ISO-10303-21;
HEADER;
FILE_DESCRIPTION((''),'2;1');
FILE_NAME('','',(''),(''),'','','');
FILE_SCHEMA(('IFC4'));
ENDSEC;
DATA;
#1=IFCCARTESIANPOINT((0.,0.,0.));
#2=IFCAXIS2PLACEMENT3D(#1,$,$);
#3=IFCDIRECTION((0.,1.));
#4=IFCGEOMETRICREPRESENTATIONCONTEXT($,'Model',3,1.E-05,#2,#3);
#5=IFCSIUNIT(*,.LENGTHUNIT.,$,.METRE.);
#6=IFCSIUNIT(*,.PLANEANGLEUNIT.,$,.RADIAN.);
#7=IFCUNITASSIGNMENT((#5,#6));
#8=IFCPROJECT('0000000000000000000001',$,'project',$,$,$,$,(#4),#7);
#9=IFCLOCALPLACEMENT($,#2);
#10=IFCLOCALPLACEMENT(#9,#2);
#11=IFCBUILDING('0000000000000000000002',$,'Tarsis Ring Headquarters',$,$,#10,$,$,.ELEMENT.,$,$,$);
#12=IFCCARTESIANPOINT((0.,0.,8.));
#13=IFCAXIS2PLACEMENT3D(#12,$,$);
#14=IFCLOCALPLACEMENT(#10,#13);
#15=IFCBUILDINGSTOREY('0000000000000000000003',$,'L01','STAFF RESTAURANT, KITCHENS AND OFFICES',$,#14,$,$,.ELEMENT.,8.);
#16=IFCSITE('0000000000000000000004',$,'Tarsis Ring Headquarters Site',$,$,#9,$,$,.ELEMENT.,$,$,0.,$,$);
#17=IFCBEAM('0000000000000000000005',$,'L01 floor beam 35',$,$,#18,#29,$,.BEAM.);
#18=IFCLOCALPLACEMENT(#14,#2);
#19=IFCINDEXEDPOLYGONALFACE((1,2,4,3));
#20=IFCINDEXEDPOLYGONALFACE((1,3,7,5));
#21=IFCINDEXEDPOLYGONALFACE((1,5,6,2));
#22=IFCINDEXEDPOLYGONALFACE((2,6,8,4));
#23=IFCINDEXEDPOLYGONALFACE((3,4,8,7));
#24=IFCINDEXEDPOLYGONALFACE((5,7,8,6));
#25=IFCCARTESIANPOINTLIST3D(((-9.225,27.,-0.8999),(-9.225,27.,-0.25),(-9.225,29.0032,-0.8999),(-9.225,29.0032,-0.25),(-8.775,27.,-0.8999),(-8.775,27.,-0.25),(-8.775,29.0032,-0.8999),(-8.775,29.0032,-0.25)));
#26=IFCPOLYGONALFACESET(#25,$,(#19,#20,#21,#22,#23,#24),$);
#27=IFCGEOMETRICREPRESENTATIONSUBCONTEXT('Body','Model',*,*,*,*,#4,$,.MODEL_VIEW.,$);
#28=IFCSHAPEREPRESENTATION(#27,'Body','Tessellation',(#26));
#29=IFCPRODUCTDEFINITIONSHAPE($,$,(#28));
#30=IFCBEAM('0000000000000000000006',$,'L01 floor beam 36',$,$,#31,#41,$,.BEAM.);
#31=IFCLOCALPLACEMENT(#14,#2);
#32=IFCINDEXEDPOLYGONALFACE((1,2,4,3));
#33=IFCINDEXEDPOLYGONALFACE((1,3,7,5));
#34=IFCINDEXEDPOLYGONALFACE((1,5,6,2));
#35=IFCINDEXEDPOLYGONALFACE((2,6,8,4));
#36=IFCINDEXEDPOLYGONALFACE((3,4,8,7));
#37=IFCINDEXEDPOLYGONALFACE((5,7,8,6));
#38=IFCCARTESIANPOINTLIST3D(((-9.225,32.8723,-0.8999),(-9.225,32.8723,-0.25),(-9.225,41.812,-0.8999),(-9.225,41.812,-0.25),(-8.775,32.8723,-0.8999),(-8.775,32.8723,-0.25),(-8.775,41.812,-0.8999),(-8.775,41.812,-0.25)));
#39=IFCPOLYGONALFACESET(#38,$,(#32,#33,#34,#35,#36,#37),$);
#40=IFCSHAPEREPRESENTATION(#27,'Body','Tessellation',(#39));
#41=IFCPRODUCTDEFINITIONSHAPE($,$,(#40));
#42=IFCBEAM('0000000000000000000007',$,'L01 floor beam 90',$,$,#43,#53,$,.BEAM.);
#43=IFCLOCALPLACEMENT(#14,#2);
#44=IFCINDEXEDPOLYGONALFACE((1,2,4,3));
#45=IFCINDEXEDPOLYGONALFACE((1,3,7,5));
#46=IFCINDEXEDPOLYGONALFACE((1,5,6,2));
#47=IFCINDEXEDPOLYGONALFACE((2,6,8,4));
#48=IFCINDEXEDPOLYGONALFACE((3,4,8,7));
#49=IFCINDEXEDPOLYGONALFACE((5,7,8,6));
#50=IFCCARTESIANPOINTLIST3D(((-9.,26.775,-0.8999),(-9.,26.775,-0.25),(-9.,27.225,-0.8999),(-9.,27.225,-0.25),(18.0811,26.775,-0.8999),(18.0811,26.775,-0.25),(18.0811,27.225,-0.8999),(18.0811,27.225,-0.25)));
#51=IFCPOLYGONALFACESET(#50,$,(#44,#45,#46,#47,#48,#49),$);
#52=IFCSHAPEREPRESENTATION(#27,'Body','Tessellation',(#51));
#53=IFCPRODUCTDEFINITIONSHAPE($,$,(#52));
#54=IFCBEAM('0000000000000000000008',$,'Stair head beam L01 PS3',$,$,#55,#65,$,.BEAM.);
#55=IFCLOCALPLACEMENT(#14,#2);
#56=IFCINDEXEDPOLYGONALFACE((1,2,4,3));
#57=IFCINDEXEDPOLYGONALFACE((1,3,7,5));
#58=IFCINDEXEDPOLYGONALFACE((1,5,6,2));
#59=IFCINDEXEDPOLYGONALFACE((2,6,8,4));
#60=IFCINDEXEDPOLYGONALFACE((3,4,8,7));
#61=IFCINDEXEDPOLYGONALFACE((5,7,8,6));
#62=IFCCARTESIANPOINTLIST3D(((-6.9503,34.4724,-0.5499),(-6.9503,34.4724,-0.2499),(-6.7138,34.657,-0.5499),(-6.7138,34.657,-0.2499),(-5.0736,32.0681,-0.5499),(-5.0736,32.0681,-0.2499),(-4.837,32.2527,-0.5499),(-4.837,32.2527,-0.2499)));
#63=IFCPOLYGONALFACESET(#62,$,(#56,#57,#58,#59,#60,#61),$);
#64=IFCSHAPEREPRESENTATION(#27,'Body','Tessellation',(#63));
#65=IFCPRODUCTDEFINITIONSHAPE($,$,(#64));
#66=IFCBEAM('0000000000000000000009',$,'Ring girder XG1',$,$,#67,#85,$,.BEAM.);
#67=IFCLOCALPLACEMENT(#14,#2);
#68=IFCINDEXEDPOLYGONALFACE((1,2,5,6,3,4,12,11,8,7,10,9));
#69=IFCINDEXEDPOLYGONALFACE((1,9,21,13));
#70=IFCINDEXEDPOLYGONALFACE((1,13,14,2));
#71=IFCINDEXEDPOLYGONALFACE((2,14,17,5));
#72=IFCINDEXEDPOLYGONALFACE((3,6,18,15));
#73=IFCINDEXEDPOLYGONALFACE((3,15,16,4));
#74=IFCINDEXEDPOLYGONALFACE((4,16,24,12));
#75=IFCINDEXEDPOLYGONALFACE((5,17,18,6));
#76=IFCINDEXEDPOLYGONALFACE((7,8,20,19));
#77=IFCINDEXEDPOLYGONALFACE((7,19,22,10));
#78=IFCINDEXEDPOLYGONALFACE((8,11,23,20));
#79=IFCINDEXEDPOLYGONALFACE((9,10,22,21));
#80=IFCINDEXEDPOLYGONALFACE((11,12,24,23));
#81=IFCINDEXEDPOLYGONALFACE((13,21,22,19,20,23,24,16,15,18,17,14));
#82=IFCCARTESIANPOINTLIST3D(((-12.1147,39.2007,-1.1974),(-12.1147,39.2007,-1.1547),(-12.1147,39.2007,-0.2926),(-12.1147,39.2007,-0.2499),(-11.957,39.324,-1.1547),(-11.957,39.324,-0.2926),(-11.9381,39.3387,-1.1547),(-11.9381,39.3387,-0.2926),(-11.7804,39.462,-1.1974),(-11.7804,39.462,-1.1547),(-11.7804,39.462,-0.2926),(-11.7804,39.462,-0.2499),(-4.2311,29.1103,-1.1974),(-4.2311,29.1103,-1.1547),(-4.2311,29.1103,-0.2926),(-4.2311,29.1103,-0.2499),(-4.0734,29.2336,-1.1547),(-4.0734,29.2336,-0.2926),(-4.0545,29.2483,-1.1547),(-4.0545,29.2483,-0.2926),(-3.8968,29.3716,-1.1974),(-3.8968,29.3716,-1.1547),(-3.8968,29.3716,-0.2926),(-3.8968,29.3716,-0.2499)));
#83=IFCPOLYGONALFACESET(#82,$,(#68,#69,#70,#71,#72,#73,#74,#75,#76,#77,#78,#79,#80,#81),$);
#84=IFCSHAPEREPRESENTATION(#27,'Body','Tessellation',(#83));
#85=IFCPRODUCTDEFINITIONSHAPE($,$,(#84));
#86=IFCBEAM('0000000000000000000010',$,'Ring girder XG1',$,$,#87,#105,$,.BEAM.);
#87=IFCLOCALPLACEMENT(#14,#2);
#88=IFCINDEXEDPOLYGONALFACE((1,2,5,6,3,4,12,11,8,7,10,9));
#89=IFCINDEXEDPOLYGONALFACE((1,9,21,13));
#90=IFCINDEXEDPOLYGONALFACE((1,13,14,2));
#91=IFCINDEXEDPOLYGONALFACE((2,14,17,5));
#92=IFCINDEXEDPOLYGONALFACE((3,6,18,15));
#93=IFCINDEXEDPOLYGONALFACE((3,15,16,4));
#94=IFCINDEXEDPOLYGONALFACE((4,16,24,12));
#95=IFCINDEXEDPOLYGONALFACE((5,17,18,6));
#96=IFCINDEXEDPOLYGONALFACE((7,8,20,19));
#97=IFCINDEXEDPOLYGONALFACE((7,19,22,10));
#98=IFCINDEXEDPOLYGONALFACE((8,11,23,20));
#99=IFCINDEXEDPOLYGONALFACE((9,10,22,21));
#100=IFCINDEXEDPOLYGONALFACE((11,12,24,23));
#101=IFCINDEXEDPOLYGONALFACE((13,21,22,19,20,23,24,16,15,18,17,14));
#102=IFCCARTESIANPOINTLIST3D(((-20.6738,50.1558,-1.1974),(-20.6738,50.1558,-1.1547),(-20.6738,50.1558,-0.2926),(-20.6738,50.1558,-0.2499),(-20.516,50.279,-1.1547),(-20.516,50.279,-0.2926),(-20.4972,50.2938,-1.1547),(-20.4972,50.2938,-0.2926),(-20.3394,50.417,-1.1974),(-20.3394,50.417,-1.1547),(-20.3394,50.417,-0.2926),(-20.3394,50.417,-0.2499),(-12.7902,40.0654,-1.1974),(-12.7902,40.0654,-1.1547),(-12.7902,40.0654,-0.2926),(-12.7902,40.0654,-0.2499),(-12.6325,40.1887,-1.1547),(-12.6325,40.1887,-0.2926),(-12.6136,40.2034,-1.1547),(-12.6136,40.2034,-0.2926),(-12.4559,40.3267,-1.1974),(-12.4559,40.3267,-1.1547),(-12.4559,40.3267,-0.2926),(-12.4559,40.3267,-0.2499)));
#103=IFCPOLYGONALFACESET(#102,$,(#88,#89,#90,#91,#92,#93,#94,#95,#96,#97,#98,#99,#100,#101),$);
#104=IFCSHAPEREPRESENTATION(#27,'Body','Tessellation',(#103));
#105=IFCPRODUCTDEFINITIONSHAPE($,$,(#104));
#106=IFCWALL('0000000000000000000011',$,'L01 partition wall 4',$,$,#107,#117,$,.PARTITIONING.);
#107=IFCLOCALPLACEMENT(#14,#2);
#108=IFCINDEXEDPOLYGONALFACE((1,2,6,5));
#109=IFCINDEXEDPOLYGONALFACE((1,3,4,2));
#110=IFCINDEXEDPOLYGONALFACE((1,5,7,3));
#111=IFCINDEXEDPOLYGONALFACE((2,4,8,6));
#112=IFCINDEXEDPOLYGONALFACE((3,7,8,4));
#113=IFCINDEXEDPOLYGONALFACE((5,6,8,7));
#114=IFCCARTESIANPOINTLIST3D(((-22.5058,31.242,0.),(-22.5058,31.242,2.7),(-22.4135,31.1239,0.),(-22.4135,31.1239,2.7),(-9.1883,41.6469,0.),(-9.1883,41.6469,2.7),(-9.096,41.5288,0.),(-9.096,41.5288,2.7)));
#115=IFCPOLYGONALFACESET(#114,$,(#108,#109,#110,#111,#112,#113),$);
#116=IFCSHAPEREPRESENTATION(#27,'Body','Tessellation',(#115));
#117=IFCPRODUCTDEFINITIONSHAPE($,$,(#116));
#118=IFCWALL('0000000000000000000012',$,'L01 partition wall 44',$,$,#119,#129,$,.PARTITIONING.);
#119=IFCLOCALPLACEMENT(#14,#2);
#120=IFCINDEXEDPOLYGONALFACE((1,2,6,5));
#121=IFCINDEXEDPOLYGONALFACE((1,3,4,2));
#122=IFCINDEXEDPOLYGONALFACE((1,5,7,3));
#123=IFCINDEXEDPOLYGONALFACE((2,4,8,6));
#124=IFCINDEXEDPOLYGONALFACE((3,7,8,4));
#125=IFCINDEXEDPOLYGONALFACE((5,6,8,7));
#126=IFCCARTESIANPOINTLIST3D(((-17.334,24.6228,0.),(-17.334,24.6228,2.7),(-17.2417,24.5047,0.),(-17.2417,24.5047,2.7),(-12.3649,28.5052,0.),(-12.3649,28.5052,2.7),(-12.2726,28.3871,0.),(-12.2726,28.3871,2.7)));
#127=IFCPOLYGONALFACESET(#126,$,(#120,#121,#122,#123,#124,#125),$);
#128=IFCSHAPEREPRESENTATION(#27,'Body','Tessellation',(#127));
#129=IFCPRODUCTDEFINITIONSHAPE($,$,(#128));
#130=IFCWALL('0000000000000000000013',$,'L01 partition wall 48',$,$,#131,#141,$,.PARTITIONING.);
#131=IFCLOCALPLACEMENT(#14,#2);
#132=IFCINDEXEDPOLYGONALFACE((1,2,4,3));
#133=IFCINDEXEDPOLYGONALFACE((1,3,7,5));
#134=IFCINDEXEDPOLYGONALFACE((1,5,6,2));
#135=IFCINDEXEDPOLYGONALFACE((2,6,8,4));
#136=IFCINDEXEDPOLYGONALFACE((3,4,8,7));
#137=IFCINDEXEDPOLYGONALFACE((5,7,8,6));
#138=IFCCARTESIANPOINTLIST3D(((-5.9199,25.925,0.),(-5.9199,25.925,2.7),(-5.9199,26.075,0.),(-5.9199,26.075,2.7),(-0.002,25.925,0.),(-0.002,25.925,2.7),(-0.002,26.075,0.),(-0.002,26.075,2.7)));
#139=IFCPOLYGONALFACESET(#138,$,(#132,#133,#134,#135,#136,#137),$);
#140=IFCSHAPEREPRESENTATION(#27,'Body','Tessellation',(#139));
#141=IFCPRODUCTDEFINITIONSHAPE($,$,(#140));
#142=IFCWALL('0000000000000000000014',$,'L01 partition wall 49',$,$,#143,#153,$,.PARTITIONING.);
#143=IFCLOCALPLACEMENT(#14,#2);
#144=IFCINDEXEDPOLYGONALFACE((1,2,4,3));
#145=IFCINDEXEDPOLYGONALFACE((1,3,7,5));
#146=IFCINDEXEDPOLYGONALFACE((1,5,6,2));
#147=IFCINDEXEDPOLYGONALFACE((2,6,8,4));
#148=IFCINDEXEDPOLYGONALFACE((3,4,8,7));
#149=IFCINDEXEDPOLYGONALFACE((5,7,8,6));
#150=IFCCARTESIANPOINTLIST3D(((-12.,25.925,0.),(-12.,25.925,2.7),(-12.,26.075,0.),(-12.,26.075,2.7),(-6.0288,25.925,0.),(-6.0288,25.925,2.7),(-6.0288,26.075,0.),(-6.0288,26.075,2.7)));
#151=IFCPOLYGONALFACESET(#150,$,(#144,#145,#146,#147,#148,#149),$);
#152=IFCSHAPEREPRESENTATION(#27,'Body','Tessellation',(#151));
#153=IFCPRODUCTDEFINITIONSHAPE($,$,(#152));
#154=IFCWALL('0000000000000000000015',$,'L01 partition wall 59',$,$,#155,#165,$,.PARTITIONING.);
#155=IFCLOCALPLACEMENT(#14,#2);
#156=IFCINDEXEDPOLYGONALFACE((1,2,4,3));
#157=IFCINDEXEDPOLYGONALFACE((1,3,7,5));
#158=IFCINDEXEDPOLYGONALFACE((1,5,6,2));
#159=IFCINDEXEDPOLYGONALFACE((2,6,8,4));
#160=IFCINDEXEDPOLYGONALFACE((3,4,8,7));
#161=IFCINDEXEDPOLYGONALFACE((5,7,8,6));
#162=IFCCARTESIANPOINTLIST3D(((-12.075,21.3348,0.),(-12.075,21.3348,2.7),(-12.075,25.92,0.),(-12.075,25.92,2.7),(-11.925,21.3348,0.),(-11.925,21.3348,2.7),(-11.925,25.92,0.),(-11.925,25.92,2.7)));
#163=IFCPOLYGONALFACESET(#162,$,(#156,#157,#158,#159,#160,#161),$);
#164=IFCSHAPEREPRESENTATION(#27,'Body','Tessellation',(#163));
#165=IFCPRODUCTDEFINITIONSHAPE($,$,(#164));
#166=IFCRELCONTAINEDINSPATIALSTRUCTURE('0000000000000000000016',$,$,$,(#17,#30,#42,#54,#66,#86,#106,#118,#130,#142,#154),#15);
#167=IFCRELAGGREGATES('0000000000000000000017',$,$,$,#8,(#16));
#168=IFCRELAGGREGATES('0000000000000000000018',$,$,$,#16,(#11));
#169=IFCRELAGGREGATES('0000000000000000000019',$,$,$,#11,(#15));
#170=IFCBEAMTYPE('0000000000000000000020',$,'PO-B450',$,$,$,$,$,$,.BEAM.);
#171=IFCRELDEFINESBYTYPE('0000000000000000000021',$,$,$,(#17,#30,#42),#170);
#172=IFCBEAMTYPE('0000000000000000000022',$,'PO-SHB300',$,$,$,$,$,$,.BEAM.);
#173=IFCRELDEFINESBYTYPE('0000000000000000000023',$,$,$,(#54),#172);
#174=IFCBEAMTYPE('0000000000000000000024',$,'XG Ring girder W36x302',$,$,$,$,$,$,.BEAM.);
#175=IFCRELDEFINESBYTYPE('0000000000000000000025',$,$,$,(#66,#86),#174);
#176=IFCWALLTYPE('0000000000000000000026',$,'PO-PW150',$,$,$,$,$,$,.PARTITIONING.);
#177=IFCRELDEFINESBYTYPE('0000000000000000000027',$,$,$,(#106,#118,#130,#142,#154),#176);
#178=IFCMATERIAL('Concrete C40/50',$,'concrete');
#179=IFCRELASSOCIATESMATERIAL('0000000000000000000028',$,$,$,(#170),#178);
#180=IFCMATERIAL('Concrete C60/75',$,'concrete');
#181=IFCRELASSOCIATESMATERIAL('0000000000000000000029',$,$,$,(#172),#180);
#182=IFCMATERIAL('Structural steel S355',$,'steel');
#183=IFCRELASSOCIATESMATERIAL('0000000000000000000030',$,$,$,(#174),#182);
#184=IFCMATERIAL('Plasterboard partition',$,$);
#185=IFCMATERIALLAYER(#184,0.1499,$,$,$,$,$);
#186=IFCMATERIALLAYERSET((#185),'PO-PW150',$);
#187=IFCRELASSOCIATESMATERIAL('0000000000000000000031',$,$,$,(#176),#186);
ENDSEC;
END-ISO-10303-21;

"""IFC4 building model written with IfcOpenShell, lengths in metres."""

from ifc_helpers import new_model, si_unit, direction, frame, frame_2d, origin, origin_2d, place, context, subcontext, project, spatial, rectangle, i_section, extrude, material, layer, layer_set, material_profile, profile_set, type_object, element, save


model = new_model("IFC4")

# Units and contexts
model_context = context("Model", 3, precision=1e-05, world=origin(), true_north=direction((0.0, 1.0)))
body_context = subcontext(model_context, "Body", "Model", "MODEL_VIEW")
ifc_project = project(units=[si_unit("LENGTHUNIT", "METRE"), si_unit("PLANEANGLEUNIT", "RADIAN")], contexts=[model_context])

# Site, building, storey
site_placement = place(None, origin())
site = spatial("IfcSite", under=ifc_project, at=site_placement, Name="Tarsis Ring Headquarters Site", CompositionType="ELEMENT", RefElevation=0.0)
building_placement = place(site_placement, origin())
building = spatial("IfcBuilding", under=site, at=building_placement, Name="Tarsis Ring Headquarters", CompositionType="ELEMENT")
storey_placement = place(building_placement, frame((0.0, 0.0, 8.0)))
storey = spatial("IfcBuildingStorey", under=building, at=storey_placement, Name="L01", Description="STAFF RESTAURANT, KITCHENS AND OFFICES", CompositionType="ELEMENT", Elevation=8.0)

# Shared definitions
ifc_material_1 = material(Name="Concrete C60/75", Category="concrete")

# Beams
ifc_material_2 = material(Name="Concrete C40/50", Category="concrete")
ifc_material_profile_1 = material_profile(ifc_material_2, rectangle(XDim=0.45, YDim=0.6499, at=origin_2d()), Name="PO-B450")
ifc_profile_set_1 = profile_set([ifc_material_profile_1], Name="Concrete C40/50")
beam_type_1 = type_object("IfcBeamType", Name="PO-B450", PredefinedType="BEAM", material=ifc_profile_set_1)
beam_1_placement = place(storey_placement, frame((-9.0, 27.0, -0.575), z_axis=(0.0, 1.0, 0.0), x_axis=(-1.0, 0.0, 0.0)))
element("IfcBeam", 1, at=beam_1_placement, inside=storey, type_object=beam_type_1, Name="L01 floor beam 35", PredefinedType="BEAM", context=body_context, shape_type="SweptSolid", body=[
    extrude(rectangle(XDim=0.45, YDim=0.6499, at=origin_2d()), origin(), (0.0, 0.0, 1.0), 2.0032),
])
beam_2_placement = place(storey_placement, frame((-9.0, 32.8723, -0.575), z_axis=(0.0, 1.0, 0.0), x_axis=(-1.0, 0.0, 0.0)))
element("IfcBeam", 2, at=beam_2_placement, inside=storey, type_object=beam_type_1, Name="L01 floor beam 36", PredefinedType="BEAM", context=body_context, shape_type="SweptSolid", body=[
    extrude(rectangle(XDim=0.45, YDim=0.6499, at=origin_2d()), origin(), (0.0, 0.0, 1.0), 8.9397),
])
beam_3_placement = place(storey_placement, frame((-9.0, 27.0, -0.575), z_axis=(1.0, 0.0, 0.0), x_axis=(0.0, 1.0, 0.0)))
element("IfcBeam", 3, at=beam_3_placement, inside=storey, type_object=beam_type_1, Name="L01 floor beam 90", PredefinedType="BEAM", context=body_context, shape_type="SweptSolid", body=[
    extrude(rectangle(XDim=0.45, YDim=0.6499, at=origin_2d()), origin(), (0.0, 0.0, 1.0), 27.0811),
])
ifc_material_profile_2 = material_profile(ifc_material_1, rectangle(XDim=0.3, YDim=0.3, at=origin_2d()), Name="PO-SHB300")
ifc_profile_set_2 = profile_set([ifc_material_profile_2], Name="Concrete C60/75")
beam_type_2 = type_object("IfcBeamType", Name="PO-SHB300", PredefinedType="BEAM", material=ifc_profile_set_2)
beam_4_placement = place(storey_placement, frame((-6.832, 34.5647, -0.3999), z_axis=(0.615308, -0.788286, 0.0), x_axis=(0.788286, 0.615308, 0.0)))
element("IfcBeam", 4, at=beam_4_placement, inside=storey, type_object=beam_type_2, Name="Stair head beam L01 PS3", PredefinedType="BEAM", context=body_context, shape_type="SweptSolid", body=[
    extrude(rectangle(XDim=0.3, YDim=0.3, at=origin_2d()), origin(), (0.0, 0.0, 1.0), 3.05),
])
ifc_material_3 = material(Name="Structural steel S355", Category="steel")
ifc_material_profile_3 = material_profile(ifc_material_3, i_section(OverallWidth=0.4243, OverallDepth=0.9475, WebThickness=0.0239, FlangeThickness=0.0427, at=origin_2d()), Name="W36x302")
ifc_profile_set_3 = profile_set([ifc_material_profile_3], Name="Structural steel S355")
beam_type_3 = type_object("IfcBeamType", Name="XG Ring girder W36x302", PredefinedType="BEAM", material=ifc_profile_set_3)
for number, where, z_axis, x_axis, name in (
    (5, (-4.064, 29.241, -0.7236), (-0.615667, 0.788006, 0.0), (-0.788006, -0.615667, 0.0), "Ring girder XG1"),
    (6, (-12.623, 40.196, -0.7236), (-0.615667, 0.788006, 0.0), (-0.788006, -0.615667, 0.0), "Ring girder XG1"),
):
    element("IfcBeam", number, at=place(storey_placement, frame(where, z_axis=z_axis, x_axis=x_axis)), inside=storey, type_object=beam_type_3, Name=name, PredefinedType="BEAM", context=body_context, shape_type="SweptSolid", body=[
        extrude(i_section(OverallWidth=0.4243, OverallDepth=0.9475, WebThickness=0.0239, FlangeThickness=0.0427, at=origin_2d()), origin(), (0.0, 0.0, 1.0), 12.8049),
    ])

# Walls
ifc_material_4 = material(Name="Plasterboard partition")
ifc_layer_1 = layer(ifc_material_4, 0.1499)
ifc_layer_set_1 = layer_set([ifc_layer_1], Name="PO-PW150")
wall_type_1 = type_object("IfcWallType", Name="PO-PW150", PredefinedType="PARTITIONING", material=ifc_layer_set_1)
wall_1_placement = place(storey_placement, frame((-9.1421, 41.5879, 0.0), z_axis=(0.0, 0.0, 1.0), x_axis=(-0.788008, -0.615665, 0.0)))
element("IfcWall", 7, at=wall_1_placement, inside=storey, type_object=wall_type_1, Name="L01 partition wall 4", PredefinedType="PARTITIONING", context=body_context, shape_type="SweptSolid", body=[
    extrude(rectangle(XDim=16.9001, YDim=0.1499, at=frame_2d((8.4502, 0.0))), origin(), (0.0, 0.0, 1.0), 2.7),
])
wall_2_placement = place(storey_placement, frame((-12.3188, 28.446, 0.0), z_axis=(0.0, 0.0, 1.0), x_axis=(-0.788001, -0.615673, 0.0)))
element("IfcWall", 8, at=wall_2_placement, inside=storey, type_object=wall_type_1, Name="L01 partition wall 44", PredefinedType="PARTITIONING", context=body_context, shape_type="SweptSolid", body=[
    extrude(rectangle(XDim=6.3059, YDim=0.1499, at=frame_2d((3.1528, 0.0))), origin(), (0.0, 0.0, 1.0), 2.7),
])
wall_3_placement = place(storey_placement, frame((-0.002, 26.0, 0.0), z_axis=(0.0, 0.0, 1.0), x_axis=(-1.0, 0.0, 0.0)))
element("IfcWall", 9, at=wall_3_placement, inside=storey, type_object=wall_type_1, Name="L01 partition wall 48", PredefinedType="PARTITIONING", context=body_context, shape_type="SweptSolid", body=[
    extrude(rectangle(XDim=5.918, YDim=0.1499, at=frame_2d((2.959, 0.0))), origin(), (0.0, 0.0, 1.0), 2.7),
])
wall_4_placement = place(storey_placement, frame((-6.0288, 26.0, 0.0), z_axis=(0.0, 0.0, 1.0), x_axis=(-1.0, 0.0, 0.0)))
element("IfcWall", 10, at=wall_4_placement, inside=storey, type_object=wall_type_1, Name="L01 partition wall 49", PredefinedType="PARTITIONING", context=body_context, shape_type="SweptSolid", body=[
    extrude(rectangle(XDim=5.9712, YDim=0.1499, at=frame_2d((2.9856, 0.0))), origin(), (0.0, 0.0, 1.0), 2.7),
])
wall_5_placement = place(storey_placement, frame((-12.0, 25.9199, 0.0), z_axis=(0.0, 0.0, 1.0), x_axis=(0.0, -1.0, 0.0)))
element("IfcWall", 11, at=wall_5_placement, inside=storey, type_object=wall_type_1, Name="L01 partition wall 59", PredefinedType="PARTITIONING", context=body_context, shape_type="SweptSolid", body=[
    extrude(rectangle(XDim=4.5852, YDim=0.1499, at=frame_2d((2.2925, 0.0))), origin(), (0.0, 0.0, 1.0), 2.7),
])

save(model, "model.ifc")
